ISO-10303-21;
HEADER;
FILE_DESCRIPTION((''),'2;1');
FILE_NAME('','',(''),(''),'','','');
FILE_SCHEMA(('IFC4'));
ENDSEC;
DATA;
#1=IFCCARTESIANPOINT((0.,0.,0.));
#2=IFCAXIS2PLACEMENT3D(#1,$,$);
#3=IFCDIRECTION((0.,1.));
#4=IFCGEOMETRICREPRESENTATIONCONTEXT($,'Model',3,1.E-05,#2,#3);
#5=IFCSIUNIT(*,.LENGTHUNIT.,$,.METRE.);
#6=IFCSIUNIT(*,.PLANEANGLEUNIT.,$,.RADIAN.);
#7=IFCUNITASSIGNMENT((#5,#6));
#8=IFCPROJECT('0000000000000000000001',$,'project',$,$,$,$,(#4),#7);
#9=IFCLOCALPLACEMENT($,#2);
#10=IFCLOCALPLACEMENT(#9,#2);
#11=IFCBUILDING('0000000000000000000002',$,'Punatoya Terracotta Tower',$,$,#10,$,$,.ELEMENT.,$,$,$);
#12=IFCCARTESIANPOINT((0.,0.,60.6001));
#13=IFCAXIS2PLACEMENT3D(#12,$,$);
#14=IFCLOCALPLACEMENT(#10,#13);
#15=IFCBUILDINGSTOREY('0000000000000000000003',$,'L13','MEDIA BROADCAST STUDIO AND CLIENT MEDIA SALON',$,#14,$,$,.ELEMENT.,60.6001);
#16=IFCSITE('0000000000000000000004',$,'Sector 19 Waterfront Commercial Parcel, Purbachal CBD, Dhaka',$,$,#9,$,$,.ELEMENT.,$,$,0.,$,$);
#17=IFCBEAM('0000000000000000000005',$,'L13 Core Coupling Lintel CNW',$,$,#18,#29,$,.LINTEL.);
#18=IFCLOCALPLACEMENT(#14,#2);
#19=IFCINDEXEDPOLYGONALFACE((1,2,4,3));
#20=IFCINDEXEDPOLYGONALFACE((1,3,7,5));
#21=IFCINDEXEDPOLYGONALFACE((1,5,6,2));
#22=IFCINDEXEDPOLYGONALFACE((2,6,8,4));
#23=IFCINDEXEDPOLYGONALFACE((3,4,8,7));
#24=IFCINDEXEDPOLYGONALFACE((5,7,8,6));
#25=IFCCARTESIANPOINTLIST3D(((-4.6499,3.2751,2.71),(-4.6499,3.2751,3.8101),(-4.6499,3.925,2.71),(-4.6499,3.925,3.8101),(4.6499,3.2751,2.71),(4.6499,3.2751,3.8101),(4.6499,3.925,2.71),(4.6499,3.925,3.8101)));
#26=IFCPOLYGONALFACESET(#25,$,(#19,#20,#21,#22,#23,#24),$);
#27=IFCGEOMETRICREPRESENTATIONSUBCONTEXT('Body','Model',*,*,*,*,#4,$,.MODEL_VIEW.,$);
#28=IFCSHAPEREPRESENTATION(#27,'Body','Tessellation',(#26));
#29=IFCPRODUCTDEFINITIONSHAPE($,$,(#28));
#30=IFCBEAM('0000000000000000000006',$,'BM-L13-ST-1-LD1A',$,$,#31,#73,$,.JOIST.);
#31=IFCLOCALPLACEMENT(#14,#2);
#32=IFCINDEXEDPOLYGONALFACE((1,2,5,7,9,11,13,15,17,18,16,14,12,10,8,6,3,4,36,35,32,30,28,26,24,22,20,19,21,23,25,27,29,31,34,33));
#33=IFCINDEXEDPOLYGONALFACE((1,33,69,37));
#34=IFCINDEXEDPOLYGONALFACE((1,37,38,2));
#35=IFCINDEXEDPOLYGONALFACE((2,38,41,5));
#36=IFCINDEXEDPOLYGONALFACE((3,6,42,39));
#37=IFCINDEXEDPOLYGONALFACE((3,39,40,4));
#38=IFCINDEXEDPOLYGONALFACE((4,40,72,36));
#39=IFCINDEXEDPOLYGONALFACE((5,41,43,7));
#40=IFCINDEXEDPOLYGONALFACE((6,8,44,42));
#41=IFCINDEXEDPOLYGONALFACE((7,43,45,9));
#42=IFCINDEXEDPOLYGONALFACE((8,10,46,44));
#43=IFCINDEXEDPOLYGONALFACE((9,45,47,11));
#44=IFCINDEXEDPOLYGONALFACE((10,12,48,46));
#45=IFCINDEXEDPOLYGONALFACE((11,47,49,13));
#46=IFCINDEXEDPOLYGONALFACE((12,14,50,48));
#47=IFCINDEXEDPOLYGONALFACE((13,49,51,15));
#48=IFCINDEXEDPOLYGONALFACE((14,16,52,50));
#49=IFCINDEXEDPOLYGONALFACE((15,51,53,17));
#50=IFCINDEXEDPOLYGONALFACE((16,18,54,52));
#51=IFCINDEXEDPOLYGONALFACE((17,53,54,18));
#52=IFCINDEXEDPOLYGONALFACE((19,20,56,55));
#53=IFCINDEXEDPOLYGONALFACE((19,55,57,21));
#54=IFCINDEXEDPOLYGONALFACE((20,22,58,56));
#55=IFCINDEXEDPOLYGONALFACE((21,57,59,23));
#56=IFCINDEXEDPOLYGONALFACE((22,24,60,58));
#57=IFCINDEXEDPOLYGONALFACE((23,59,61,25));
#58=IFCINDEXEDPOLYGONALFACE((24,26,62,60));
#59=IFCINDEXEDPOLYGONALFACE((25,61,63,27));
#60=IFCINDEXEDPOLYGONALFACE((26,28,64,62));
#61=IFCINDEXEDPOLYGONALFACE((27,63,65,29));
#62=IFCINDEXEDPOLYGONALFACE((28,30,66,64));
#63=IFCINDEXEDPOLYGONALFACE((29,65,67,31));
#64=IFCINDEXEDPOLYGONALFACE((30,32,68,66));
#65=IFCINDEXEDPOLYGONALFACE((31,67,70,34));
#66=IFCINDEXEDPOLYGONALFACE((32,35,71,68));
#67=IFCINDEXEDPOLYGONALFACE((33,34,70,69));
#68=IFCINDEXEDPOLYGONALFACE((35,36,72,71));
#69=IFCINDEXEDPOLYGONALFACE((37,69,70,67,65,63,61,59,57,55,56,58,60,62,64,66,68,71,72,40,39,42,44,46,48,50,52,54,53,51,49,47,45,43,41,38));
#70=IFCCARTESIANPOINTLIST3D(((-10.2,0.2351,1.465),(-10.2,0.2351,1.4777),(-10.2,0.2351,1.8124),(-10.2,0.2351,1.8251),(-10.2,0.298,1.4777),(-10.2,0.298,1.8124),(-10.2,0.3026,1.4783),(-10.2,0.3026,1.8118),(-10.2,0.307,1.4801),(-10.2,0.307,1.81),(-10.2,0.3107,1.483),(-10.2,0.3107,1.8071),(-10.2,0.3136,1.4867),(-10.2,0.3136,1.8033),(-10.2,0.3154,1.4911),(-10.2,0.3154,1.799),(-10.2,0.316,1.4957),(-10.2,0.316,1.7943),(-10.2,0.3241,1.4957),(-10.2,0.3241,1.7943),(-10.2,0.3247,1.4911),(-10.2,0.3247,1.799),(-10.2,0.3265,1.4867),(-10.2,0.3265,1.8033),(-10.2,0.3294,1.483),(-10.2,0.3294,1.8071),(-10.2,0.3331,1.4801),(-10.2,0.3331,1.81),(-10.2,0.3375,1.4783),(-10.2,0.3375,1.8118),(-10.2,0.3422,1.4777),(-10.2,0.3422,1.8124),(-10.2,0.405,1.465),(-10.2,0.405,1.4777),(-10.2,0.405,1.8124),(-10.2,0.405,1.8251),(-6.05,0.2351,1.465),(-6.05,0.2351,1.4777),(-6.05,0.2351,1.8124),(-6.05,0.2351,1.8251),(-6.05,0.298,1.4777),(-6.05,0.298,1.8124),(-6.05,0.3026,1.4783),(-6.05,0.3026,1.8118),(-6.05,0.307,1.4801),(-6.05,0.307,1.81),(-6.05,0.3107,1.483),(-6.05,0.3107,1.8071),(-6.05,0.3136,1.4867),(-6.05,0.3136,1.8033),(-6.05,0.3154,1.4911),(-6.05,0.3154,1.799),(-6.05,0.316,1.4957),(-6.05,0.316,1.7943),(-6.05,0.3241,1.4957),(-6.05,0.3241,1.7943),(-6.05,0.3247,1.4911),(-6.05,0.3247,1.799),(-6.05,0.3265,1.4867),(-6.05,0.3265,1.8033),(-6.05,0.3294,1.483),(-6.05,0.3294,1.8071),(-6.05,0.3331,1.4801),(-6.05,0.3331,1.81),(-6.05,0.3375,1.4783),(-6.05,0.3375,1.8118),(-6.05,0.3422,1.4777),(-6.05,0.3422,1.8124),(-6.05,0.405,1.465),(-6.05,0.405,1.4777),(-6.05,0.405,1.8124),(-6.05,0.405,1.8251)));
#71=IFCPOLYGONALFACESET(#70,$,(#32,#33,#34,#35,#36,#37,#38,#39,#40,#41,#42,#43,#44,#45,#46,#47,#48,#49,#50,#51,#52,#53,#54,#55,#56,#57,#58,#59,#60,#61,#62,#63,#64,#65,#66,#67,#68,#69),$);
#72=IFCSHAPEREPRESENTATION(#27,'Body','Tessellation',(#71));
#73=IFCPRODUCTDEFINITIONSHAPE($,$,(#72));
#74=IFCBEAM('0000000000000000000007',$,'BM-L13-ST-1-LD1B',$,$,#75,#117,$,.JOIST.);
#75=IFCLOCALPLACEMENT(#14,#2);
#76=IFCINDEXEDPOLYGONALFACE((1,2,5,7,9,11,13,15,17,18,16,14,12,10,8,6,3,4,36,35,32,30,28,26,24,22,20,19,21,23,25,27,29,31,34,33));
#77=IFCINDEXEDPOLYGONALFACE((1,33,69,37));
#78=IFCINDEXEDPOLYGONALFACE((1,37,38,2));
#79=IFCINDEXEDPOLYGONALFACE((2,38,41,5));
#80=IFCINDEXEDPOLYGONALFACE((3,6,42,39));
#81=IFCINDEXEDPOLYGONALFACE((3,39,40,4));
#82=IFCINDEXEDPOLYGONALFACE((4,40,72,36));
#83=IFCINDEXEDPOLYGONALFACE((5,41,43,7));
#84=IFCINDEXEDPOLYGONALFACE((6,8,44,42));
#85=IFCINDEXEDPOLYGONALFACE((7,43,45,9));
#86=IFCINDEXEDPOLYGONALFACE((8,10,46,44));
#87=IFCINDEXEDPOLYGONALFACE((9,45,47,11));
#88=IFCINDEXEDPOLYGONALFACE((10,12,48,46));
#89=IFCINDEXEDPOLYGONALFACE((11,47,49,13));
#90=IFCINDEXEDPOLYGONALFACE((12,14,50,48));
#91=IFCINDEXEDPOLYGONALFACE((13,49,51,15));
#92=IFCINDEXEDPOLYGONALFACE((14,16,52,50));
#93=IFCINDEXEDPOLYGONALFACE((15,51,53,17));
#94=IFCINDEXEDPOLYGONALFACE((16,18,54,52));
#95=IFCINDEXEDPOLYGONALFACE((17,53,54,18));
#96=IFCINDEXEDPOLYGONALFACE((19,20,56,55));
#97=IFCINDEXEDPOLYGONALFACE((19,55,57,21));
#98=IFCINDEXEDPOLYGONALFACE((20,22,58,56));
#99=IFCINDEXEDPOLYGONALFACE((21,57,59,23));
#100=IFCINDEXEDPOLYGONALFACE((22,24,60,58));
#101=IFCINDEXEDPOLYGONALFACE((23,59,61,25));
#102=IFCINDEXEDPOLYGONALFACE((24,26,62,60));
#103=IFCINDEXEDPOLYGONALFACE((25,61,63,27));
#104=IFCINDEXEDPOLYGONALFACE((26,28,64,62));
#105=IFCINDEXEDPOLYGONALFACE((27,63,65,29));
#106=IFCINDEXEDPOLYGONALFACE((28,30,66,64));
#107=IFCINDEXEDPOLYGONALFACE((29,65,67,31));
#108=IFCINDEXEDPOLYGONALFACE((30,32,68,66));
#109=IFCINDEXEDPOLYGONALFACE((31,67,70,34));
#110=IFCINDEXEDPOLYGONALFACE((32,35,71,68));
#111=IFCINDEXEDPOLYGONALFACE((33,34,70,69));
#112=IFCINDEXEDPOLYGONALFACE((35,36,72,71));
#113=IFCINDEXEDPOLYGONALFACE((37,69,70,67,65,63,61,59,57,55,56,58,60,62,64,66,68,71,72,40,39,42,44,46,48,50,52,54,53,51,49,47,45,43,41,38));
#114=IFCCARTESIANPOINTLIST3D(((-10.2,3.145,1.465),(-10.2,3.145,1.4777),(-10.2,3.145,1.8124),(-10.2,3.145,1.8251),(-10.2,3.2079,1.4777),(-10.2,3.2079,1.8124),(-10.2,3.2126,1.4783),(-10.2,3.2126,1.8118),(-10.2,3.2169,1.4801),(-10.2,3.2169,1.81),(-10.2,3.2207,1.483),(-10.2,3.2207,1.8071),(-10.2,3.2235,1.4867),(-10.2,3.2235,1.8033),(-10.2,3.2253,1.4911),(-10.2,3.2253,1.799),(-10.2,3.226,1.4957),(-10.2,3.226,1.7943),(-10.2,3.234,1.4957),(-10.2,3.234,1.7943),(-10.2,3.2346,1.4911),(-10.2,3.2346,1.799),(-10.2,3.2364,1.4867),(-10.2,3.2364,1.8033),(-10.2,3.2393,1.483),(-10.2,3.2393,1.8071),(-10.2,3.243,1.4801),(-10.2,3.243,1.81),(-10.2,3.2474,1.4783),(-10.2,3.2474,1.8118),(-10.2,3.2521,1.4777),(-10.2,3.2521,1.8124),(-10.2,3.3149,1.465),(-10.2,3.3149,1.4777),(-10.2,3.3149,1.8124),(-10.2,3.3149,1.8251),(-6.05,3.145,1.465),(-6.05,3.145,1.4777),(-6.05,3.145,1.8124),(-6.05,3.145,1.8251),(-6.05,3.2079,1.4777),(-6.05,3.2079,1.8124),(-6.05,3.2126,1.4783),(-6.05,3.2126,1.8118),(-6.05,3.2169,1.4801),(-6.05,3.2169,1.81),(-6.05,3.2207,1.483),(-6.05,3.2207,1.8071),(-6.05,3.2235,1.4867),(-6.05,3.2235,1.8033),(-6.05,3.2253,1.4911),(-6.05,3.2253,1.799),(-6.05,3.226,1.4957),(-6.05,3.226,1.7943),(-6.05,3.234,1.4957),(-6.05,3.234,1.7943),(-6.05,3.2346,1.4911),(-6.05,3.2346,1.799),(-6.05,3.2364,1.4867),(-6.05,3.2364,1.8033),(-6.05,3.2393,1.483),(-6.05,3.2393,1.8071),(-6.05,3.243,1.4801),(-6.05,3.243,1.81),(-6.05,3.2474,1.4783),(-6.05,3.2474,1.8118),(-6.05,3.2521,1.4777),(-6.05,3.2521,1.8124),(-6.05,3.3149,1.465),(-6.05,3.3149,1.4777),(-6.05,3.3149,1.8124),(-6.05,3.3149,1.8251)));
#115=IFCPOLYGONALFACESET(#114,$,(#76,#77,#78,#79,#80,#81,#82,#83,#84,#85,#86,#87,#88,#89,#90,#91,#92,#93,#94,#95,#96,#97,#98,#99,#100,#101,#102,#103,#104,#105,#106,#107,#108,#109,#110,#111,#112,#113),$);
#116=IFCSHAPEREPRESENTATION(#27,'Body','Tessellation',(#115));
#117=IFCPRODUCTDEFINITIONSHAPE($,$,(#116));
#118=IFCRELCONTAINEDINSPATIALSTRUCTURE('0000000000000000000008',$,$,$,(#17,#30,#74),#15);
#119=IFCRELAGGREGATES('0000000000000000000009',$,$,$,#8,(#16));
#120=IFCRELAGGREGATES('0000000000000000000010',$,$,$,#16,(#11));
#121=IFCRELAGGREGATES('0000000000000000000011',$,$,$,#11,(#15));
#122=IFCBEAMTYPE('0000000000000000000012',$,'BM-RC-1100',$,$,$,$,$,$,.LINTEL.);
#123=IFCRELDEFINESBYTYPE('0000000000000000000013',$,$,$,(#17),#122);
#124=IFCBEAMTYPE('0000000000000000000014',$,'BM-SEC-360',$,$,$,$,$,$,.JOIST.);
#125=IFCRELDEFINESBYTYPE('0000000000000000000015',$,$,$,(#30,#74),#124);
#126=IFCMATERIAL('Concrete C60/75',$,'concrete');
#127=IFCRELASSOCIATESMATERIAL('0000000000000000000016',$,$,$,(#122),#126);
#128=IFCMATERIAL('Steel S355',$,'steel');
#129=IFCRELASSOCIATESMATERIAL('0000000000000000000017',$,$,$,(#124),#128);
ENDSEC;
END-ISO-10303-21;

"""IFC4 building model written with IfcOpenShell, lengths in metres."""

from ifc_helpers import new_model, si_unit, direction, frame, origin, origin_2d, place, context, subcontext, project, spatial, rectangle, i_section, extrude, material, material_profile, profile_set, type_object, element, save


model = new_model("IFC4")

# Units and contexts
model_context = context("Model", 3, precision=1e-05, world=origin(), true_north=direction((0.0, 1.0)))
body_context = subcontext(model_context, "Body", "Model", "MODEL_VIEW")
ifc_project = project(units=[si_unit("LENGTHUNIT", "METRE"), si_unit("PLANEANGLEUNIT", "RADIAN")], contexts=[model_context])

# Site, building, storey
site_placement = place(None, origin())
site = spatial("IfcSite", under=ifc_project, at=site_placement, Name="Sector 19 Waterfront Commercial Parcel, Purbachal CBD, Dhaka", CompositionType="ELEMENT", RefElevation=0.0)
building_placement = place(site_placement, origin())
building = spatial("IfcBuilding", under=site, at=building_placement, Name="Punatoya Terracotta Tower", CompositionType="ELEMENT")
storey_placement = place(building_placement, frame((0.0, 0.0, 60.6001)))
storey = spatial("IfcBuildingStorey", under=building, at=storey_placement, Name="L13", Description="MEDIA BROADCAST STUDIO AND CLIENT MEDIA SALON", CompositionType="ELEMENT", Elevation=60.6001)

# Beams
ifc_material_1 = material(Name="Concrete C60/75", Category="concrete")
ifc_material_profile_1 = material_profile(ifc_material_1, rectangle(XDim=0.6499, YDim=1.1001, at=origin_2d()))
ifc_profile_set_1 = profile_set([ifc_material_profile_1], Name="Concrete C60/75")
beam_type_1 = type_object("IfcBeamType", Name="BM-RC-1100", PredefinedType="LINTEL", material=ifc_profile_set_1)
beam_placement = place(storey_placement, frame((-4.6499, 3.6001, 3.26), z_axis=(1.0, 0.0, 0.0), x_axis=(0.0, 1.0, 0.0)))
element("IfcBeam", 1, at=beam_placement, inside=storey, type_object=beam_type_1, Name="L13 Core Coupling Lintel CNW", PredefinedType="LINTEL", context=body_context, shape_type="SweptSolid", body=[
    extrude(rectangle(XDim=0.6499, YDim=1.1001, at=origin_2d()), origin(), (0.0, 0.0, 1.0), 9.2998),
])
ifc_material_2 = material(Name="Steel S355", Category="steel")
ifc_material_profile_2 = material_profile(ifc_material_2, i_section(OverallWidth=0.1699, OverallDepth=0.3601, WebThickness=0.0081, FlangeThickness=0.0127, FilletRadius=0.0181, at=origin_2d()))
ifc_profile_set_2 = profile_set([ifc_material_profile_2], Name="Steel S355")
beam_type_2 = type_object("IfcBeamType", Name="BM-SEC-360", PredefinedType="JOIST", material=ifc_profile_set_2)
for number, where, z_axis, x_axis, name in (
    (2, (-10.2, 0.3201, 1.645), (1.0, 0.0, 0.0), (0.0, 1.0, 0.0), "BM-L13-ST-1-LD1A"),
    (3, (-10.2, 3.23, 1.645), (1.0, 0.0, 0.0), (0.0, 1.0, 0.0), "BM-L13-ST-1-LD1B"),
):
    element("IfcBeam", number, at=place(storey_placement, frame(where, z_axis=z_axis, x_axis=x_axis)), inside=storey, type_object=beam_type_2, Name=name, PredefinedType="JOIST", context=body_context, shape_type="SweptSolid", body=[
        extrude(i_section(OverallWidth=0.1699, OverallDepth=0.3601, WebThickness=0.0081, FlangeThickness=0.0127, FilletRadius=0.0181, at=origin_2d()), origin(), (0.0, 0.0, 1.0), 4.1499),
    ])

save(model, "model.ifc")
